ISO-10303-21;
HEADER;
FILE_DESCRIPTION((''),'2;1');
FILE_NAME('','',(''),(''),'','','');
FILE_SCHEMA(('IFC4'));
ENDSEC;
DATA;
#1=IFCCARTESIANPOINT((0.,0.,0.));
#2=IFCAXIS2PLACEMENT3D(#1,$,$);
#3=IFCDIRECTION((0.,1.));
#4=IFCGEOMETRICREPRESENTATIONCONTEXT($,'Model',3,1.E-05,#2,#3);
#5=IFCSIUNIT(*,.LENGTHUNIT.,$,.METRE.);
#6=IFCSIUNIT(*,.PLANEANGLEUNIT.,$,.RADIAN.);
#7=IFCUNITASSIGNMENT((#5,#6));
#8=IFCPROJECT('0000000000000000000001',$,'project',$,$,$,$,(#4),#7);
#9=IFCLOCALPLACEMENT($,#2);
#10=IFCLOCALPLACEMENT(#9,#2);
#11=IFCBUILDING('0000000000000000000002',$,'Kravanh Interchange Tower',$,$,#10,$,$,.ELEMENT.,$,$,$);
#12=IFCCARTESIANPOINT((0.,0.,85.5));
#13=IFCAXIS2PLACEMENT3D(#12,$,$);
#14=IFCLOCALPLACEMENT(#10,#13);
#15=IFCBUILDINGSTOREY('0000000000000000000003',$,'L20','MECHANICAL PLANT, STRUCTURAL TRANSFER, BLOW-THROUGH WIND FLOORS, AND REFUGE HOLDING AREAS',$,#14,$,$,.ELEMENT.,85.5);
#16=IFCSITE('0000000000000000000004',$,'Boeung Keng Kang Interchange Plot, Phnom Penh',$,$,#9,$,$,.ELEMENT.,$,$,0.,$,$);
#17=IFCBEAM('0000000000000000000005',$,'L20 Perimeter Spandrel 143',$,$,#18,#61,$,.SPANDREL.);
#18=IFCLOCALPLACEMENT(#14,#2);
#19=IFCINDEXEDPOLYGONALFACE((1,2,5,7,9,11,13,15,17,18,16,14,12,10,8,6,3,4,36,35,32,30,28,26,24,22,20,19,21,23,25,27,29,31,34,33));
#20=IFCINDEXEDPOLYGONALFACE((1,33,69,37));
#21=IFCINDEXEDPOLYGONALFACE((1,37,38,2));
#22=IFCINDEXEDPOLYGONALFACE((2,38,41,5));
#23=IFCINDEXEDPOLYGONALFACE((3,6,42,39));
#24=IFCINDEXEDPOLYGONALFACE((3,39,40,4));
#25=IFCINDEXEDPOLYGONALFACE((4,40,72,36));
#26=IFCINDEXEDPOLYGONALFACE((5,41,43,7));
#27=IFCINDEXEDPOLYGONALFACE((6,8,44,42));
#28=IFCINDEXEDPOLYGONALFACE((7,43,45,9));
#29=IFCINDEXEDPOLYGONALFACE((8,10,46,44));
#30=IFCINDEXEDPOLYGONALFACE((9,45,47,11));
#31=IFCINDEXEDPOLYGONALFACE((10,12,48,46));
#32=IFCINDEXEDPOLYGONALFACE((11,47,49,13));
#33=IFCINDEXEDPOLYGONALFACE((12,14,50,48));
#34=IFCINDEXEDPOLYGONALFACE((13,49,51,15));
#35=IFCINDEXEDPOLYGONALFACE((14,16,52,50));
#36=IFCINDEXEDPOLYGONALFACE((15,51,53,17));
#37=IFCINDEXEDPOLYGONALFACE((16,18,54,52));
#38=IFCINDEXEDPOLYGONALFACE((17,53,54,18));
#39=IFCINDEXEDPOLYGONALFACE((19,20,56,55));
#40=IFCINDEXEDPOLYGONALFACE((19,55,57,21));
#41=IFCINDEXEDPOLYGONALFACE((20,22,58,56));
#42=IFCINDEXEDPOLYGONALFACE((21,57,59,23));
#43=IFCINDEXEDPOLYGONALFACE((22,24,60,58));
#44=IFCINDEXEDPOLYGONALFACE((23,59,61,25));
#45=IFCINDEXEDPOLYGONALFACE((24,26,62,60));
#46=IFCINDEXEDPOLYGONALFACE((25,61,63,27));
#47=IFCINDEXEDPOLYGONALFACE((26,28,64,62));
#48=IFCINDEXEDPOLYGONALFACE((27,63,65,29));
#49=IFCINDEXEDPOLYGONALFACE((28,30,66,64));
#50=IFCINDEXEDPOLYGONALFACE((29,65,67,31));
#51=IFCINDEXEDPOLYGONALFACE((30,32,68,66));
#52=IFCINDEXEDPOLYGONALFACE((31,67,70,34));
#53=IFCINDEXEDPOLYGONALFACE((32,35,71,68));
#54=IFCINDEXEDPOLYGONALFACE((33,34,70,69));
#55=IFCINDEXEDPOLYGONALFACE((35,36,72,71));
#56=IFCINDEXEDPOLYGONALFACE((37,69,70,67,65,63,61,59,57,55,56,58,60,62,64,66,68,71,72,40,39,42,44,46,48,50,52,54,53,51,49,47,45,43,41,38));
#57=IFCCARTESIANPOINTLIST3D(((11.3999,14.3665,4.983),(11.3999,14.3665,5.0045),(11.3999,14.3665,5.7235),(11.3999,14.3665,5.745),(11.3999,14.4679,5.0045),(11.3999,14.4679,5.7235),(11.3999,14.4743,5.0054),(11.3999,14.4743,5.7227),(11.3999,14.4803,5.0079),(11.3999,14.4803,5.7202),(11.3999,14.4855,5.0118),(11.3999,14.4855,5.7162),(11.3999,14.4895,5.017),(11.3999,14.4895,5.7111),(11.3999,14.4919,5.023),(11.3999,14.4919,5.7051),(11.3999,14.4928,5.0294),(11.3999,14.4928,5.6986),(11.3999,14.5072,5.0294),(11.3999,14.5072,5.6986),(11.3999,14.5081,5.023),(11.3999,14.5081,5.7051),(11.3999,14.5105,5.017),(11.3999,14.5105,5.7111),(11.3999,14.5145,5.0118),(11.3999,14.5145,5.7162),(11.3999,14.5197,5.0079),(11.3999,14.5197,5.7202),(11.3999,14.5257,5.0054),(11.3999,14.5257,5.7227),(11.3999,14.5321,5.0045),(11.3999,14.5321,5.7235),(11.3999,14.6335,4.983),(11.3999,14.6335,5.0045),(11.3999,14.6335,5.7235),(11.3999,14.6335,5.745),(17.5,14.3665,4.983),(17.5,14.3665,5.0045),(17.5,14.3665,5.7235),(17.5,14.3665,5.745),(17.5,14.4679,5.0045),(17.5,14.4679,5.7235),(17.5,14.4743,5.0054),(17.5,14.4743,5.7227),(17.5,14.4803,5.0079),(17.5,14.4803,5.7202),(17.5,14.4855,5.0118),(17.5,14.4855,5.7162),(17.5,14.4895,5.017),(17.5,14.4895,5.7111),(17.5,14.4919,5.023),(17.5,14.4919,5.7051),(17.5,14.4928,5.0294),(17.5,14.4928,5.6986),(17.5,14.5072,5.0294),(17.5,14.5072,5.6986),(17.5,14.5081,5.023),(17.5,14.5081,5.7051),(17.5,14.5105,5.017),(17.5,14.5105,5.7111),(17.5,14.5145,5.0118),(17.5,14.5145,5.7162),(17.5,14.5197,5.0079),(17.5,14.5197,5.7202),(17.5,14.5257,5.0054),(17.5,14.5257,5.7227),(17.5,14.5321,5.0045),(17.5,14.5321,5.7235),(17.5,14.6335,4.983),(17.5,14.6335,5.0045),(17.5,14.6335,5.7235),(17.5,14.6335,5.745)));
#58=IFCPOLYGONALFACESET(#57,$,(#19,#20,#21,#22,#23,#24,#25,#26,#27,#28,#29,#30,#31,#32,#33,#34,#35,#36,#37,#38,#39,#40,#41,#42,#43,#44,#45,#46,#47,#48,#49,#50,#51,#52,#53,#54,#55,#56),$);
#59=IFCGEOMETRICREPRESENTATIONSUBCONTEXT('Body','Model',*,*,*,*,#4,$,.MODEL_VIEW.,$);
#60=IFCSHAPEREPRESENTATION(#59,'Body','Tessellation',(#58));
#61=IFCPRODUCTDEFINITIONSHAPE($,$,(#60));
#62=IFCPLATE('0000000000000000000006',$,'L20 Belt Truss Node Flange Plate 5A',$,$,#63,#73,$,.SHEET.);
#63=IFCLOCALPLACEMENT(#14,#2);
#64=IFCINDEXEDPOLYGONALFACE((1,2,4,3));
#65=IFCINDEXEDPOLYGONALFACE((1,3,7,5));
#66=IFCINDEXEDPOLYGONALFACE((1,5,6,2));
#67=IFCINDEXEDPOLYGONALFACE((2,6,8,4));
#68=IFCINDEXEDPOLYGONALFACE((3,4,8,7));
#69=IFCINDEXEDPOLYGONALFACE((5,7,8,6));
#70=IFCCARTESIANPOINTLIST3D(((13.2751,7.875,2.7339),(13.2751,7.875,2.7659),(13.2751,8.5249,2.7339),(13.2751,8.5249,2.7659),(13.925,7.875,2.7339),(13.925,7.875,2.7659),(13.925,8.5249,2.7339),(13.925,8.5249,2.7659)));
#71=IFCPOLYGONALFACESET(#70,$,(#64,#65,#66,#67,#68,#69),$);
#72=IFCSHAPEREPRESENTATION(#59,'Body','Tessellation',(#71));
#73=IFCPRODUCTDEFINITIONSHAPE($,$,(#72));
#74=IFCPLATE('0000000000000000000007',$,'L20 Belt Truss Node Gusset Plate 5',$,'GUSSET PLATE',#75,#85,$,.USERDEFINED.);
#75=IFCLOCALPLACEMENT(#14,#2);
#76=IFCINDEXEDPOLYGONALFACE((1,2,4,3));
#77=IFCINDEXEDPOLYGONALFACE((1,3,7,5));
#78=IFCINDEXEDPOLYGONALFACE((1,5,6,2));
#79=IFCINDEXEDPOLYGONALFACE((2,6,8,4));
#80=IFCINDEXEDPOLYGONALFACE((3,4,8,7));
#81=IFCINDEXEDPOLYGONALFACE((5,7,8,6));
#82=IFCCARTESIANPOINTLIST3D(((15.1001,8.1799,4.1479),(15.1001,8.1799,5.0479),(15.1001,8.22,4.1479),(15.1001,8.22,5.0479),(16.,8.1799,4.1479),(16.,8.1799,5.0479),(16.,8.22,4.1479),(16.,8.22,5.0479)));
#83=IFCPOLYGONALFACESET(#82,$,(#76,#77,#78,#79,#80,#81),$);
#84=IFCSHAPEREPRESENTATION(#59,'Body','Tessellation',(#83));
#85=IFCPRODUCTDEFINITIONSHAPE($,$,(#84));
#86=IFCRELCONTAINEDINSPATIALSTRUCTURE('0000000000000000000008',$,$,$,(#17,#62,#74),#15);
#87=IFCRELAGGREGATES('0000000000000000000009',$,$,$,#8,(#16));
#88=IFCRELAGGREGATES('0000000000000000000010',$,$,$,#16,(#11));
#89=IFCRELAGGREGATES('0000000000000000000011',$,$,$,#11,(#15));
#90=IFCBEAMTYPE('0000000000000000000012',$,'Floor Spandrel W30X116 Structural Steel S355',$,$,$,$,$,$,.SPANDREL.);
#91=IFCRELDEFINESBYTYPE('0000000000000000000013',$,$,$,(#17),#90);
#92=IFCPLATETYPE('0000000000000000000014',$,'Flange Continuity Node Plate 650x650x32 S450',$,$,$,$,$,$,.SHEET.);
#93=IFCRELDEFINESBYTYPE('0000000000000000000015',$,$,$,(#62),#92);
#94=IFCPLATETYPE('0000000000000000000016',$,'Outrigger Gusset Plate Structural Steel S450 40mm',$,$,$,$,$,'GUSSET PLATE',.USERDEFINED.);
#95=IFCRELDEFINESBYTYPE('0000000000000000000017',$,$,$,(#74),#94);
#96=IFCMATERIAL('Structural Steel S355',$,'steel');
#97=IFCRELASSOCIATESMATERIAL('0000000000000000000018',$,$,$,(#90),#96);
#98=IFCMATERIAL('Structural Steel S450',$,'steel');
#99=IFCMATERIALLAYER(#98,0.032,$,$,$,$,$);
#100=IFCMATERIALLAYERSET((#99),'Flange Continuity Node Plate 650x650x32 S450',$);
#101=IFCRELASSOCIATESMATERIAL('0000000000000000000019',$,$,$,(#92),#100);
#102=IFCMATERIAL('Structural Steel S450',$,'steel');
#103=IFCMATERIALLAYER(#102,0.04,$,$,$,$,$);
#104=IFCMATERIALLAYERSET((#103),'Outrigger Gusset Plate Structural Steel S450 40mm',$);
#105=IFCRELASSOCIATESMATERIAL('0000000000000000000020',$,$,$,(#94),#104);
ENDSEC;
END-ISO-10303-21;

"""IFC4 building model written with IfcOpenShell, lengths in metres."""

from ifc_helpers import new_model, si_unit, direction, frame, origin, origin_2d, place, context, subcontext, project, spatial, rectangle, i_section, extrude, material, layer, layer_set, material_profile, profile_set, type_object, element, save


model = new_model("IFC4")

# Units and contexts
model_context = context("Model", 3, precision=1e-05, world=origin(), true_north=direction((0.0, 1.0)))
body_context = subcontext(model_context, "Body", "Model", "MODEL_VIEW")
ifc_project = project(units=[si_unit("LENGTHUNIT", "METRE"), si_unit("PLANEANGLEUNIT", "RADIAN")], contexts=[model_context])

# Site, building, storey
site_placement = place(None, origin())
site = spatial("IfcSite", under=ifc_project, at=site_placement, Name="Boeung Keng Kang Interchange Plot, Phnom Penh", CompositionType="ELEMENT", RefElevation=0.0)
building_placement = place(site_placement, origin())
building = spatial("IfcBuilding", under=site, at=building_placement, Name="Kravanh Interchange Tower", CompositionType="ELEMENT")
storey_placement = place(building_placement, frame((0.0, 0.0, 85.5)))
storey = spatial("IfcBuildingStorey", under=building, at=storey_placement, Name="L20", Description="MECHANICAL PLANT, STRUCTURAL TRANSFER, BLOW-THROUGH WIND FLOORS, AND REFUGE HOLDING AREAS", CompositionType="ELEMENT", Elevation=85.5)

# Beam
ifc_material_1 = material(Name="Structural Steel S355", Category="steel")
ifc_material_profile_1 = material_profile(ifc_material_1, i_section(OverallWidth=0.2671, OverallDepth=0.762, WebThickness=0.0144, FlangeThickness=0.0215, FilletRadius=0.0249, at=origin_2d()), Name="W30X116")
ifc_profile_set_1 = profile_set([ifc_material_profile_1], Name="Structural Steel S355")
beam_type_1 = type_object("IfcBeamType", Name="Floor Spandrel W30X116 Structural Steel S355", PredefinedType="SPANDREL", material=ifc_profile_set_1)
beam_1_placement = place(storey_placement, frame((11.3999, 14.5, 5.364), z_axis=(1.0, 0.0, 0.0), x_axis=(0.0, 1.0, 0.0)))
element("IfcBeam", 1, at=beam_1_placement, inside=storey, type_object=beam_type_1, Name="L20 Perimeter Spandrel 143", PredefinedType="SPANDREL", context=body_context, shape_type="SweptSolid", body=[
    extrude(i_section(OverallWidth=0.2671, OverallDepth=0.762, WebThickness=0.0144, FlangeThickness=0.0215, FilletRadius=0.0249, at=origin_2d()), origin(), (0.0, 0.0, 1.0), 6.1001),
])

# Plates
ifc_material_2 = material(Name="Structural Steel S450", Category="steel")
ifc_layer_1 = layer(ifc_material_2, 0.032)
ifc_layer_set_1 = layer_set([ifc_layer_1], Name="Flange Continuity Node Plate 650x650x32 S450")
plate_type_1 = type_object("IfcPlateType", Name="Flange Continuity Node Plate 650x650x32 S450", PredefinedType="SHEET", material=ifc_layer_set_1)
plate_1_placement = place(storey_placement, frame((13.6001, 8.2, 2.7339), z_axis=(0.0, 0.0, 1.0), x_axis=(1.0, 0.0, 0.0)))
element("IfcPlate", 2, at=plate_1_placement, inside=storey, type_object=plate_type_1, Name="L20 Belt Truss Node Flange Plate 5A", PredefinedType="SHEET", context=body_context, shape_type="SweptSolid", body=[
    extrude(rectangle(XDim=0.6499, YDim=0.6499, at=origin_2d()), origin(), (0.0, 0.0, 1.0), 0.032),
])
ifc_material_3 = material(Name="Structural Steel S450", Category="steel")
ifc_layer_2 = layer(ifc_material_3, 0.04)
ifc_layer_set_2 = layer_set([ifc_layer_2], Name="Outrigger Gusset Plate Structural Steel S450 40mm")
plate_type_2 = type_object("IfcPlateType", Name="Outrigger Gusset Plate Structural Steel S450 40mm", ElementType="GUSSET PLATE", PredefinedType="USERDEFINED", material=ifc_layer_set_2)
plate_2_placement = place(storey_placement, frame((15.55, 8.2, 4.1479), z_axis=(0.0, 0.0, 1.0), x_axis=(1.0, 0.0, 0.0)))
element("IfcPlate", 3, at=plate_2_placement, inside=storey, type_object=plate_type_2, Name="L20 Belt Truss Node Gusset Plate 5", ObjectType="GUSSET PLATE", PredefinedType="USERDEFINED", context=body_context, shape_type="SweptSolid", body=[
    extrude(rectangle(XDim=0.8999, YDim=0.04, at=origin_2d()), origin(), (0.0, 0.0, 1.0), 0.8999),
])

save(model, "model.ifc")
